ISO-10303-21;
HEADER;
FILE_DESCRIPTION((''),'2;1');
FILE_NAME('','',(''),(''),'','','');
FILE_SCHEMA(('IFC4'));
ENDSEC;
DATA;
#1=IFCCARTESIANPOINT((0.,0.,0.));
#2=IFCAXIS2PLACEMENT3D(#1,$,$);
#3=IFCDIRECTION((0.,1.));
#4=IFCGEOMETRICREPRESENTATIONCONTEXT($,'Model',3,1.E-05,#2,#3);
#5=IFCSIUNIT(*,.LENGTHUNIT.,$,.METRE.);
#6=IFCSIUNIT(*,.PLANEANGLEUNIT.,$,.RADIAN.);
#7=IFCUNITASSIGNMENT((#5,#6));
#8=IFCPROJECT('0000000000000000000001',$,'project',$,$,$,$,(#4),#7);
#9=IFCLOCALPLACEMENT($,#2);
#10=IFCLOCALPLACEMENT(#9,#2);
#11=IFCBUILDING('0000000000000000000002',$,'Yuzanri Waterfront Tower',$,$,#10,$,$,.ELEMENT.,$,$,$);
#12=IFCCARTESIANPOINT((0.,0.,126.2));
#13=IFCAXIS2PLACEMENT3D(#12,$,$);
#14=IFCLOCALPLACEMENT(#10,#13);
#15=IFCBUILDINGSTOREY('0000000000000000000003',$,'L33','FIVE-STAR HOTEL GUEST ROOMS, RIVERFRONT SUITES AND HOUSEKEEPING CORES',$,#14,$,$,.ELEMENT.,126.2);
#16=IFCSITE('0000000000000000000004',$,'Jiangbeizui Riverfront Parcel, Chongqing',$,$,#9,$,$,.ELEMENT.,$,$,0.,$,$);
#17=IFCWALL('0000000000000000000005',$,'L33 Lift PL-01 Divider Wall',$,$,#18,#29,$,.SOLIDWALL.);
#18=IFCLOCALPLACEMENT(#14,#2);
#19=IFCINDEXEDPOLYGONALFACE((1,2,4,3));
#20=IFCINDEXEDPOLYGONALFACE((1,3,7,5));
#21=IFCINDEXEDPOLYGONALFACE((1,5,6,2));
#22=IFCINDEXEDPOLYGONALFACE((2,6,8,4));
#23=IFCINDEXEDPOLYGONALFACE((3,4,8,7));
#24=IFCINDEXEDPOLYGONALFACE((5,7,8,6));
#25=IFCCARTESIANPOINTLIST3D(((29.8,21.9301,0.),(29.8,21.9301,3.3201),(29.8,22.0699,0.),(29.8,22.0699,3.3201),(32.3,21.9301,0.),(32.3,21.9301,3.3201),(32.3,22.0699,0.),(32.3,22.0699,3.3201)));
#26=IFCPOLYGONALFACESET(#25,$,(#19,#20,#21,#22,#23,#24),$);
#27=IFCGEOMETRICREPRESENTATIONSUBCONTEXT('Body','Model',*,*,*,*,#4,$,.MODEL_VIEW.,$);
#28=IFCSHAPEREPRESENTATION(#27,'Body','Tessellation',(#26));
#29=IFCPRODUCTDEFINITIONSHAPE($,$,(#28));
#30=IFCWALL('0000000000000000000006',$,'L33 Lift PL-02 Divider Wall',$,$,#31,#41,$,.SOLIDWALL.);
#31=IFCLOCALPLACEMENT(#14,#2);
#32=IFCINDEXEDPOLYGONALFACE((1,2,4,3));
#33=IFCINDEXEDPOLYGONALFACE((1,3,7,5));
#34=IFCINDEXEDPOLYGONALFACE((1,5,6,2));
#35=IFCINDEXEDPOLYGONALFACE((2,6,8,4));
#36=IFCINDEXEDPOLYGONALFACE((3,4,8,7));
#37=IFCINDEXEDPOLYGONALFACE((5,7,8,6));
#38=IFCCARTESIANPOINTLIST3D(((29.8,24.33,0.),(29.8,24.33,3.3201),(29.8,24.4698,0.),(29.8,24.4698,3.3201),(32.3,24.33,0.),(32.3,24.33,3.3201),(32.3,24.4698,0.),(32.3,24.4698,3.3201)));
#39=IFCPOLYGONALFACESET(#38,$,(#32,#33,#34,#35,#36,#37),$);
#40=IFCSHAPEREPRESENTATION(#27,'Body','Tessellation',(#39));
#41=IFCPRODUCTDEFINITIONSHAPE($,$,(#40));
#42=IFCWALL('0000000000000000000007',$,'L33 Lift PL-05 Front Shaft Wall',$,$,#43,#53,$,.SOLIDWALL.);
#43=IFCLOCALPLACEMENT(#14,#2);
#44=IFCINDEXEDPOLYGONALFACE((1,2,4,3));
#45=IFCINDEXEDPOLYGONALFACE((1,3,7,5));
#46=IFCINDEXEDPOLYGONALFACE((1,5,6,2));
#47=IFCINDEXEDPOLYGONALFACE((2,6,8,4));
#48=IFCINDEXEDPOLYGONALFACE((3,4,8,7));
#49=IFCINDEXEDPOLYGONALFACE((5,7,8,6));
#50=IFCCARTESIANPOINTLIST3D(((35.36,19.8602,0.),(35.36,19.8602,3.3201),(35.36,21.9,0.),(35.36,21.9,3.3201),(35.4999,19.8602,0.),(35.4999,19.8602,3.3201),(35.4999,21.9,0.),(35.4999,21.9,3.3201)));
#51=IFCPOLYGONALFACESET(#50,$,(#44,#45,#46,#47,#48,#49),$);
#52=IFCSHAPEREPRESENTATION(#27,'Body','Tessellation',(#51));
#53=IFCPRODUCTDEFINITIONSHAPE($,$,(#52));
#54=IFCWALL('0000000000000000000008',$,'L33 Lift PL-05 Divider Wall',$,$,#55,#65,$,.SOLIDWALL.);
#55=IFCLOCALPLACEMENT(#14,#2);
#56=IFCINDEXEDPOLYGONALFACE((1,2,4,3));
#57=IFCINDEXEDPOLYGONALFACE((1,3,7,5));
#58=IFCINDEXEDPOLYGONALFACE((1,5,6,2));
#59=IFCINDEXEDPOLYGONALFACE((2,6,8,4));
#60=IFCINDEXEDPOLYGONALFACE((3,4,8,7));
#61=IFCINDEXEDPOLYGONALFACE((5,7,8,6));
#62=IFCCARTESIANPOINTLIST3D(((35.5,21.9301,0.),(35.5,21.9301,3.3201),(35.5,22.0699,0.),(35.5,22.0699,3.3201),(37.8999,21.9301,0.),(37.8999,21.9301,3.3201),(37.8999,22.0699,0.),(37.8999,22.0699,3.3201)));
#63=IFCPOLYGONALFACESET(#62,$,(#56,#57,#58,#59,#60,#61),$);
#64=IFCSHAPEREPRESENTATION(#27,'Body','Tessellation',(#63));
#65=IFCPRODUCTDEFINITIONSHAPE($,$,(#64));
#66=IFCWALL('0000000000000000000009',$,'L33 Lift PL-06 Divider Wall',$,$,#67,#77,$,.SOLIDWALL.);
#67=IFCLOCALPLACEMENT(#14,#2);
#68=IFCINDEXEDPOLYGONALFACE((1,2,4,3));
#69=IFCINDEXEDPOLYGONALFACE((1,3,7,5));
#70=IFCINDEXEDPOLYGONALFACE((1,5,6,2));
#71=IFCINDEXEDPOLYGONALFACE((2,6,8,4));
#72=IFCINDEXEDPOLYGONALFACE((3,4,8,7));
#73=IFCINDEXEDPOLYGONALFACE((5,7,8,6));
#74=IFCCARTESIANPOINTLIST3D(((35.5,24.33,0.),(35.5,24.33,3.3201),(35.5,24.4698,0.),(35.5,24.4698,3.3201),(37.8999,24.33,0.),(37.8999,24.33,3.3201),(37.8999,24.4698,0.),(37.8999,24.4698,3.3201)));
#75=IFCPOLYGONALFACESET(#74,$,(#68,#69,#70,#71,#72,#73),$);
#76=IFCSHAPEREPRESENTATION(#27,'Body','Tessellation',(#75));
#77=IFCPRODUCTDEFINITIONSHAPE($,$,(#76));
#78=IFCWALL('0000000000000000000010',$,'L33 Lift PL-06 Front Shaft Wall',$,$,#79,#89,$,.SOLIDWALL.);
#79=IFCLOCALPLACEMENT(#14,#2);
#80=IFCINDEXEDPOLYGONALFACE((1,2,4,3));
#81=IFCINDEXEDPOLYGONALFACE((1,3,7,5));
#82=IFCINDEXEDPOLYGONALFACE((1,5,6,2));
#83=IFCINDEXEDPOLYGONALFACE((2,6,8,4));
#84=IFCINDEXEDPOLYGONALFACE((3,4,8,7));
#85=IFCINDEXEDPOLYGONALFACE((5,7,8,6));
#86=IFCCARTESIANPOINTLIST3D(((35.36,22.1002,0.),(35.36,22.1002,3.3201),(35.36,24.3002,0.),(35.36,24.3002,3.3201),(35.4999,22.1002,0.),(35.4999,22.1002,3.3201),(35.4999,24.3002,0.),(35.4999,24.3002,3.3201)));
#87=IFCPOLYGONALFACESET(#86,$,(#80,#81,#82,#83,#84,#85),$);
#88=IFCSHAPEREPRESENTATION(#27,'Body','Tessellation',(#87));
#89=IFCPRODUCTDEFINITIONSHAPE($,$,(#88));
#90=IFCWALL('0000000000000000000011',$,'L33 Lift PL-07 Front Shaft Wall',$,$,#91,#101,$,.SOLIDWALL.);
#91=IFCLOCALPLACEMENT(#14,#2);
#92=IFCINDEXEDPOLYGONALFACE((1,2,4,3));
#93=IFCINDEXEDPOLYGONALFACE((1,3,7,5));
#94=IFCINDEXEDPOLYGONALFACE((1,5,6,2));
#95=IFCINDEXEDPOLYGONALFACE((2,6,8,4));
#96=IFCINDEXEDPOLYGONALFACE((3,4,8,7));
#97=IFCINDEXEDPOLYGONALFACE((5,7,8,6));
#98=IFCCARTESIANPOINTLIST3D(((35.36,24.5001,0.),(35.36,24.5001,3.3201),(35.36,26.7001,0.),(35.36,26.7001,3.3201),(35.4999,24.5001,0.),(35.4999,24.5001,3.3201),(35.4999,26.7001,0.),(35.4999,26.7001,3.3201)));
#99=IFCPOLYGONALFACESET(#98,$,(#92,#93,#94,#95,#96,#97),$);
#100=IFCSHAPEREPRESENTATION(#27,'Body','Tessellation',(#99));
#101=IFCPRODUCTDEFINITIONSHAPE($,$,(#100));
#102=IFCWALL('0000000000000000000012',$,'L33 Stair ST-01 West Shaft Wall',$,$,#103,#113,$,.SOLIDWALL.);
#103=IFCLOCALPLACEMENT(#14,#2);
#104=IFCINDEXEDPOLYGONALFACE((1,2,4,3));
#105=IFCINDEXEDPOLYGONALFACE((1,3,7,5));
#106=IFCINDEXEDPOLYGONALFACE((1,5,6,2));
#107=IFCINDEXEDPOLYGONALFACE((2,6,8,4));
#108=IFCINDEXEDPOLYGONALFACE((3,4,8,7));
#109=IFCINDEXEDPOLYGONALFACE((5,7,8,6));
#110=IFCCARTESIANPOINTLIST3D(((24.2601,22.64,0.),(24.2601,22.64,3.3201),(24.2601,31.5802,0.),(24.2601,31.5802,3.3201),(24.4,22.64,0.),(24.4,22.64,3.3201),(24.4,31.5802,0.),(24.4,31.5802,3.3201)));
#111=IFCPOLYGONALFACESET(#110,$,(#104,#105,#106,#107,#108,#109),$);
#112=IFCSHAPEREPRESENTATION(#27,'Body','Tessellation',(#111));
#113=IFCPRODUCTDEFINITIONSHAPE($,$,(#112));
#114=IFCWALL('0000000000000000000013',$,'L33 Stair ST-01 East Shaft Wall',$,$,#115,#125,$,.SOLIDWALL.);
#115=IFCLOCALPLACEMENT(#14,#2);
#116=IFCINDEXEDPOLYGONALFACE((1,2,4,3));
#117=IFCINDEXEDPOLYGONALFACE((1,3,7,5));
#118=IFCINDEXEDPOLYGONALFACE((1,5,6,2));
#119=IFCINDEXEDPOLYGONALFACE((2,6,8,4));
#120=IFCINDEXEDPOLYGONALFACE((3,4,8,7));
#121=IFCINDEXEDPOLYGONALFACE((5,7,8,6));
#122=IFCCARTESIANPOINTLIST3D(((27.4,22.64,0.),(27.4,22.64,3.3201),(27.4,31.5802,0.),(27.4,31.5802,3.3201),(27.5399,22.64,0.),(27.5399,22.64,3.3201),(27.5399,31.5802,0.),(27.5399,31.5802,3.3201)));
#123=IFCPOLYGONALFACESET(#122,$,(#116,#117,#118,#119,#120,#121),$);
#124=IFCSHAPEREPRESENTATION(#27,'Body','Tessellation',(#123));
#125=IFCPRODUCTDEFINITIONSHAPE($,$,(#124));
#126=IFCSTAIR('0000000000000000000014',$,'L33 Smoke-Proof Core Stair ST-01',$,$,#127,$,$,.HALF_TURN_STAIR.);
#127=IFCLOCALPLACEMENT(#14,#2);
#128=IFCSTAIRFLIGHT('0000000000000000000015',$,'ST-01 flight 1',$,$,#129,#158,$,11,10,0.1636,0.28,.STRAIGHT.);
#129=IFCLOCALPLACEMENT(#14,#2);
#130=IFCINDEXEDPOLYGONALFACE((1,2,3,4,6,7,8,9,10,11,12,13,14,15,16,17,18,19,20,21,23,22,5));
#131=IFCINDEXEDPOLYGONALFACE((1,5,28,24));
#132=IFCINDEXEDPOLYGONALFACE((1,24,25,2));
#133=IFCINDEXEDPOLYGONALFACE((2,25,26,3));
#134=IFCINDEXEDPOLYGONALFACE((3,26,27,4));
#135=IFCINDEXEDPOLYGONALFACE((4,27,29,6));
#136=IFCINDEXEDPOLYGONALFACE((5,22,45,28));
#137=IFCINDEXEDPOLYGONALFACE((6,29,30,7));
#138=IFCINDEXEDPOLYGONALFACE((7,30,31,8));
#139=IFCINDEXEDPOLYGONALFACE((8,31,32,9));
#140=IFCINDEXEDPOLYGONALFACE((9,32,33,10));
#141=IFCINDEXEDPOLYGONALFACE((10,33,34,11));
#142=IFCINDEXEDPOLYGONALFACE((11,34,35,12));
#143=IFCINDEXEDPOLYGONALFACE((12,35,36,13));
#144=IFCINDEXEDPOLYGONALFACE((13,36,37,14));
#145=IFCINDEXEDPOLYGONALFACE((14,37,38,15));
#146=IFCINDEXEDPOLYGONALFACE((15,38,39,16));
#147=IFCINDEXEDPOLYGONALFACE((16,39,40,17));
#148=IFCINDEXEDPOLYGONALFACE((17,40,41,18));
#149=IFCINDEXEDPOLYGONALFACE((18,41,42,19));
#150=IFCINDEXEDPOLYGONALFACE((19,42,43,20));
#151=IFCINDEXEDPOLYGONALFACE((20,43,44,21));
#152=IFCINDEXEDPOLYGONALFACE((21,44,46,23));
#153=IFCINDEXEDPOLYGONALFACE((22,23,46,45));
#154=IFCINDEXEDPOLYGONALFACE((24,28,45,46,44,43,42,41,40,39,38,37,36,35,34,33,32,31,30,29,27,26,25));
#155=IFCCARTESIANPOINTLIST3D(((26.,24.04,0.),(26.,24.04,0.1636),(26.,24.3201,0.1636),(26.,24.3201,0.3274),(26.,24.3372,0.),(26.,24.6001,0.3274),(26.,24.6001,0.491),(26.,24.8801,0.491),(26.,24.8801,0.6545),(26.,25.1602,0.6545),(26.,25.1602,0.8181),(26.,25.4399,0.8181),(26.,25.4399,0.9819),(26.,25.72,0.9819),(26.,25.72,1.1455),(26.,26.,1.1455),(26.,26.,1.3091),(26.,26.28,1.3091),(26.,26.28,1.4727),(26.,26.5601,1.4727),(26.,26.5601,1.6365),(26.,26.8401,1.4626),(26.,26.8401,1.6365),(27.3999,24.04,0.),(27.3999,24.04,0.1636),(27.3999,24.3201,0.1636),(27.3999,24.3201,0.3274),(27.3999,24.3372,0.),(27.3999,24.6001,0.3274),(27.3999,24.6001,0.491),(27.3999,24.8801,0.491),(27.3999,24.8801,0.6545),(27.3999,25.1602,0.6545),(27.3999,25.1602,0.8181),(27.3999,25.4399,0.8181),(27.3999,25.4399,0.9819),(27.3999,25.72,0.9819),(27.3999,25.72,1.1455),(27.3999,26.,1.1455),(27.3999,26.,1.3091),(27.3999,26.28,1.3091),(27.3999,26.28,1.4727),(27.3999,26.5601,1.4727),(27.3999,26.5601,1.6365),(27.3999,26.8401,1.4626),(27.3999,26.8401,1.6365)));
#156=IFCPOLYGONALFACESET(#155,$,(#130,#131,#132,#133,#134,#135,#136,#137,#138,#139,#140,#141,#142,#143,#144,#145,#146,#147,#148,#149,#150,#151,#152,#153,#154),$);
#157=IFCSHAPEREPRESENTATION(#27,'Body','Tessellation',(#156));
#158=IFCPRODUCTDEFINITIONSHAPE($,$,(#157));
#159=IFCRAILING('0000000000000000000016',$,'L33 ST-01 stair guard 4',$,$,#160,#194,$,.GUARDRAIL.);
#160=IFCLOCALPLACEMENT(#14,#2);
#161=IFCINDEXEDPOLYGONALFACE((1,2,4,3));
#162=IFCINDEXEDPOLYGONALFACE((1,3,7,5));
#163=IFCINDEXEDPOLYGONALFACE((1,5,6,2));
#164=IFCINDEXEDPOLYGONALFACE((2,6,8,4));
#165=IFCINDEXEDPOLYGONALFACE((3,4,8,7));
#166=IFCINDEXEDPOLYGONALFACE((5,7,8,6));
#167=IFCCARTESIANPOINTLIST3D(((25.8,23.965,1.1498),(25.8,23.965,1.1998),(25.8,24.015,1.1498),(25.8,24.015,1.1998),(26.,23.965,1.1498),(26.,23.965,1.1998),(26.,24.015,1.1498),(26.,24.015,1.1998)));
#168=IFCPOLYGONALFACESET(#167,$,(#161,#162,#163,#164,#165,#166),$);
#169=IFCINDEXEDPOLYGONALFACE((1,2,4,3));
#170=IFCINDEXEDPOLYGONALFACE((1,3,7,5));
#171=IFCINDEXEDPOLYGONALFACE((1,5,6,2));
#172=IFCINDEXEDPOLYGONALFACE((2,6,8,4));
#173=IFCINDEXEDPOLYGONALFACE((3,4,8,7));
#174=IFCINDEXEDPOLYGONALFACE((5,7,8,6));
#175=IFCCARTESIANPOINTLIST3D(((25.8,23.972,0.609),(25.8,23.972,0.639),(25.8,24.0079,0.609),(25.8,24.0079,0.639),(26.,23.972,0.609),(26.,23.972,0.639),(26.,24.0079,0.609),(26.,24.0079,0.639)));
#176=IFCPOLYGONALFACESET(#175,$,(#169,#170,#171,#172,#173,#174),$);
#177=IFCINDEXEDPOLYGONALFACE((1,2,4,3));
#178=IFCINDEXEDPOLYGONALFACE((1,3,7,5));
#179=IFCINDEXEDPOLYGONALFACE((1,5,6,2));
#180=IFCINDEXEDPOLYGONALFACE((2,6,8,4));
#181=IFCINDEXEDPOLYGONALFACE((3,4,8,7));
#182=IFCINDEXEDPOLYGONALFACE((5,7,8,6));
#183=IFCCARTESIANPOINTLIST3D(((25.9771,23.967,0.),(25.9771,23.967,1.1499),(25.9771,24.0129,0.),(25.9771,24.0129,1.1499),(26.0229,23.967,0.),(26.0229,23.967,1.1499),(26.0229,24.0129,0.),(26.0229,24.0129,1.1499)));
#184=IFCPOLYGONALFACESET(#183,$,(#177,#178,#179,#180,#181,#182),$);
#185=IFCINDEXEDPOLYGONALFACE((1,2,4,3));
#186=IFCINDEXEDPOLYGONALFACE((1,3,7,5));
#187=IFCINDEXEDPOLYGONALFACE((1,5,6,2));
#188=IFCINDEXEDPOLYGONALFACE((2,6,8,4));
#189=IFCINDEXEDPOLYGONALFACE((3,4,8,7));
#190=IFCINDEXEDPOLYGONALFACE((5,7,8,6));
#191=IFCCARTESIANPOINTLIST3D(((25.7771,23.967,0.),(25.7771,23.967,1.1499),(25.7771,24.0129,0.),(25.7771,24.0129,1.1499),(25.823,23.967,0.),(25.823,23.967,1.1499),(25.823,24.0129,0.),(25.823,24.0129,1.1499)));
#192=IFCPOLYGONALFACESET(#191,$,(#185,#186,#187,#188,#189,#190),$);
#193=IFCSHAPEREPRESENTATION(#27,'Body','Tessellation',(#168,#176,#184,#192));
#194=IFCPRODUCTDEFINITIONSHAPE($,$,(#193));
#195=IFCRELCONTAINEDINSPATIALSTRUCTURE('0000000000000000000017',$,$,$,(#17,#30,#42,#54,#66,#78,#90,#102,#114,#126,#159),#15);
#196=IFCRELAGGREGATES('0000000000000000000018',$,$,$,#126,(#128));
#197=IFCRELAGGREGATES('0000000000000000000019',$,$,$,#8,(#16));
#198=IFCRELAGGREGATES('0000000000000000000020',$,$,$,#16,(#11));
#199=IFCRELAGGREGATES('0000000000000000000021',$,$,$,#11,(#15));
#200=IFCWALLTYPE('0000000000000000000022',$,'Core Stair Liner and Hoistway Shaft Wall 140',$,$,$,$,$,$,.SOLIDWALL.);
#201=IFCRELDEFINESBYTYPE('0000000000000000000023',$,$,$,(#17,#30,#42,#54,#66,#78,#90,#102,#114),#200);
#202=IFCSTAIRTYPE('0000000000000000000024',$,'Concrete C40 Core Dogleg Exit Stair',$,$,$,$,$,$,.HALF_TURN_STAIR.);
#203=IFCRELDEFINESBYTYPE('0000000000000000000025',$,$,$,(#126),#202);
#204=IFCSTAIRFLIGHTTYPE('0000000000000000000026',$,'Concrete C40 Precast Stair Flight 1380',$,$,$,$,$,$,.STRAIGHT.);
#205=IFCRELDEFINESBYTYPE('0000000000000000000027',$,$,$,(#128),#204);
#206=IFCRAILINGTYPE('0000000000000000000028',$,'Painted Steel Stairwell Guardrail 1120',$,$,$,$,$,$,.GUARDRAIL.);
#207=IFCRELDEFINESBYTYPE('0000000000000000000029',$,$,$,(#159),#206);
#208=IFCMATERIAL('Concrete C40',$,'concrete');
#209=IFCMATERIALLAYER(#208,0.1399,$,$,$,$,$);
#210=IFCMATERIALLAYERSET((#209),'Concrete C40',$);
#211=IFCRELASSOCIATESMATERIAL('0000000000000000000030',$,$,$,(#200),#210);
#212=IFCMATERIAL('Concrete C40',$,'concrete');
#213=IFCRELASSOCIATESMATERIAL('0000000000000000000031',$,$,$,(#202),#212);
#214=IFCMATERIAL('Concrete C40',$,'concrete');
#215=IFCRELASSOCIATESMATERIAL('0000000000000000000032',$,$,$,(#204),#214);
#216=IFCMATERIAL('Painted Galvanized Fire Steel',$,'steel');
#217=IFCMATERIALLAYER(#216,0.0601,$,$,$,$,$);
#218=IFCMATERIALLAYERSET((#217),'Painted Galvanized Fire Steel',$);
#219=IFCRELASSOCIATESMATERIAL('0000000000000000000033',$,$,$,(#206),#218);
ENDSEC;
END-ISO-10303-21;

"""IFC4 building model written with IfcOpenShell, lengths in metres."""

from ifc_helpers import new_model, si_unit, direction, frame, frame_2d, origin, origin_2d, place, context, subcontext, project, spatial, polyline, rectangle, outline, extrude, source, transform, mapped, material, layer, layer_set, type_object, element, aggregate, save


model = new_model("IFC4")

# Units and contexts
model_context = context("Model", 3, precision=1e-05, world=origin(), true_north=direction((0.0, 1.0)))
body_context = subcontext(model_context, "Body", "Model", "MODEL_VIEW")
ifc_project = project(units=[si_unit("LENGTHUNIT", "METRE"), si_unit("PLANEANGLEUNIT", "RADIAN")], contexts=[model_context])

# Site, building, storey
site_placement = place(None, origin())
site = spatial("IfcSite", under=ifc_project, at=site_placement, Name="Jiangbeizui Riverfront Parcel, Chongqing", CompositionType="ELEMENT", RefElevation=0.0)
building_placement = place(site_placement, origin())
building = spatial("IfcBuilding", under=site, at=building_placement, Name="Yuzanri Waterfront Tower", CompositionType="ELEMENT")
storey_placement = place(building_placement, frame((0.0, 0.0, 126.2)))
storey = spatial("IfcBuildingStorey", under=building, at=storey_placement, Name="L33", Description="FIVE-STAR HOTEL GUEST ROOMS, RIVERFRONT SUITES AND HOUSEKEEPING CORES", CompositionType="ELEMENT", Elevation=126.2)

# Shared definitions
ifc_material_1 = material(Name="Concrete C40", Category="concrete")
ifc_layer_1 = layer(ifc_material_1, 0.1399)
ifc_layer_set_1 = layer_set([ifc_layer_1], Name="Concrete C40")
wall_type_1 = type_object("IfcWallType", Name="Core Stair Liner and Hoistway Shaft Wall 140", PredefinedType="SOLIDWALL", material=ifc_layer_set_1)

# Walls
shared_shape_1 = source(origin(), body_context, "Body", "SweptSolid", [
    extrude(rectangle(XDim=2.5, YDim=0.1399, at=frame_2d((1.25, 0.0))), origin(), (0.0, 0.0, 1.0), 3.3201),
])
for number, where, z_axis, x_axis, name in (
    (1, (29.8, 22.0, 0.0), (0.0, 0.0, 1.0), (1.0, 0.0, 0.0), "L33 Lift PL-01 Divider Wall"),
    (2, (29.8, 24.3999, 0.0), (0.0, 0.0, 1.0), (1.0, 0.0, 0.0), "L33 Lift PL-02 Divider Wall"),
):
    element("IfcWall", number, at=place(storey_placement, frame(where, z_axis=z_axis, x_axis=x_axis)), inside=storey, type_object=wall_type_1, Name=name, PredefinedType="SOLIDWALL", context=body_context, shape_type="MappedRepresentation", body=[
        mapped(shared_shape_1, transform((0.0, 0.0, 0.0), scale=1.0)),
    ])
shared_shape_2 = source(origin(), body_context, "Body", "SweptSolid", [
    extrude(rectangle(XDim=2.0398, YDim=0.1399, at=frame_2d((1.02, 0.0))), origin(), (0.0, 0.0, 1.0), 3.3201),
])
wall_1_placement = place(storey_placement, frame((35.4299, 19.8601, 0.0), z_axis=(0.0, 0.0, 1.0), x_axis=(0.0, 1.0, 0.0)))
element("IfcWall", 3, at=wall_1_placement, inside=storey, type_object=wall_type_1, Name="L33 Lift PL-05 Front Shaft Wall", PredefinedType="SOLIDWALL", context=body_context, shape_type="MappedRepresentation", body=[
    mapped(shared_shape_2, transform((0.0, 0.0, 0.0), scale=1.0)),
])
shared_shape_3 = source(origin(), body_context, "Body", "SweptSolid", [
    extrude(rectangle(XDim=2.3999, YDim=0.1399, at=frame_2d((1.2, 0.0))), origin(), (0.0, 0.0, 1.0), 3.3201),
])
for number, where, z_axis, x_axis, name in (
    (4, (35.5, 22.0, 0.0), (0.0, 0.0, 1.0), (1.0, 0.0, 0.0), "L33 Lift PL-05 Divider Wall"),
    (5, (35.5, 24.3999, 0.0), (0.0, 0.0, 1.0), (1.0, 0.0, 0.0), "L33 Lift PL-06 Divider Wall"),
):
    element("IfcWall", number, at=place(storey_placement, frame(where, z_axis=z_axis, x_axis=x_axis)), inside=storey, type_object=wall_type_1, Name=name, PredefinedType="SOLIDWALL", context=body_context, shape_type="MappedRepresentation", body=[
        mapped(shared_shape_3, transform((0.0, 0.0, 0.0), scale=1.0)),
    ])
shared_shape_4 = source(origin(), body_context, "Body", "SweptSolid", [
    extrude(rectangle(XDim=2.2, YDim=0.1399, at=frame_2d((1.1001, 0.0))), origin(), (0.0, 0.0, 1.0), 3.3201),
])
for number, where, z_axis, x_axis, name in (
    (6, (35.4299, 22.1001, 0.0), (0.0, 0.0, 1.0), (0.0, 1.0, 0.0), "L33 Lift PL-06 Front Shaft Wall"),
    (7, (35.4299, 24.5, 0.0), (0.0, 0.0, 1.0), (0.0, 1.0, 0.0), "L33 Lift PL-07 Front Shaft Wall"),
):
    element("IfcWall", number, at=place(storey_placement, frame(where, z_axis=z_axis, x_axis=x_axis)), inside=storey, type_object=wall_type_1, Name=name, PredefinedType="SOLIDWALL", context=body_context, shape_type="MappedRepresentation", body=[
        mapped(shared_shape_4, transform((0.0, 0.0, 0.0), scale=1.0)),
    ])
shared_shape_5 = source(origin(), body_context, "Body", "SweptSolid", [
    extrude(rectangle(XDim=8.9402, YDim=0.1399, at=frame_2d((4.4702, 0.0))), origin(), (0.0, 0.0, 1.0), 3.3201),
])
for number, where, z_axis, x_axis, name in (
    (8, (24.3301, 22.6399, 0.0), (0.0, 0.0, 1.0), (0.0, 1.0, 0.0), "L33 Stair ST-01 West Shaft Wall"),
    (9, (27.47, 22.6399, 0.0), (0.0, 0.0, 1.0), (0.0, 1.0, 0.0), "L33 Stair ST-01 East Shaft Wall"),
):
    element("IfcWall", number, at=place(storey_placement, frame(where, z_axis=z_axis, x_axis=x_axis)), inside=storey, type_object=wall_type_1, Name=name, PredefinedType="SOLIDWALL", context=body_context, shape_type="MappedRepresentation", body=[
        mapped(shared_shape_5, transform((0.0, 0.0, 0.0), scale=1.0)),
    ])

# Stair, stair flight
ifc_material_2 = material(Name="Concrete C40", Category="concrete")
stair_type = type_object("IfcStairType", Name="Concrete C40 Core Dogleg Exit Stair", PredefinedType="HALF_TURN_STAIR", material=ifc_material_2)
stair_placement = place(storey_placement, origin())
stair = element("IfcStair", 10, at=stair_placement, inside=storey, type_object=stair_type, Name="L33 Smoke-Proof Core Stair ST-01", PredefinedType="HALF_TURN_STAIR")
ifc_material_3 = material(Name="Concrete C40", Category="concrete")
stair_flight_type = type_object("IfcStairFlightType", Name="Concrete C40 Precast Stair Flight 1380", PredefinedType="STRAIGHT", material=ifc_material_3)
shared_shape_6 = source(origin(), body_context, "Body", "SweptSolid", [
    extrude(outline(polyline([(0.0, 0.0), (0.0, 0.1636), (0.28, 0.1636), (0.28, 0.3274), (0.5601, 0.3274), (0.5601, 0.491), (0.8401, 0.491), (0.8401, 0.6545), (1.1201, 0.6545), (1.1201, 0.8181), (1.3999, 0.8181), (1.3999, 0.9819), (1.6799, 0.9819), (1.6799, 1.1455), (1.96, 1.1455), (1.96, 1.3091), (2.24, 1.3091), (2.24, 1.4727), (2.52, 1.4727), (2.52, 1.6365), (2.8, 1.6365), (2.8, 1.8), (2.8, 1.4626), (0.2971, 0.0), (0.0, 0.0)])), frame((0.0, 0.7, 0.0), z_axis=(0.0, -1.0, 0.0), x_axis=(1.0, 0.0, 0.0)), (0.0, 0.0, 1.0), 1.3999),
])
stair_flight_placement = place(storey_placement, frame((26.7, 24.04, 0.0), z_axis=(0.0, 0.0, 1.0), x_axis=(0.0, 1.0, 0.0)))
stair_flight = element("IfcStairFlight", 11, at=stair_flight_placement, type_object=stair_flight_type, Name="ST-01 flight 1", NumberOfRisers=11, NumberOfTreads=10, PredefinedType="STRAIGHT", RiserHeight=0.1636, TreadLength=0.28, context=body_context, shape_type="MappedRepresentation", body=[
    mapped(shared_shape_6, transform((0.0, 0.0, 0.0), scale=1.0)),
])
aggregate(stair, [stair_flight])

# Railing
ifc_material_4 = material(Name="Painted Galvanized Fire Steel", Category="steel")
ifc_layer_2 = layer(ifc_material_4, 0.0601)
ifc_layer_set_2 = layer_set([ifc_layer_2], Name="Painted Galvanized Fire Steel")
railing_type_1 = type_object("IfcRailingType", Name="Painted Steel Stairwell Guardrail 1120", PredefinedType="GUARDRAIL", material=ifc_layer_set_2)
shared_shape_7 = source(origin(), body_context, "Body", "SweptSolid", [
    extrude(rectangle(XDim=0.05, YDim=0.05, at=origin_2d()), frame((0.0, 0.0, 1.1748), z_axis=(-1.0, 0.0, 0.0), x_axis=(0.0, -1.0, 0.0)), (0.0, 0.0, 1.0), 0.2),
    extrude(rectangle(XDim=0.0359, YDim=0.03, at=origin_2d()), frame((0.0, 0.0, 0.624), z_axis=(-1.0, 0.0, 0.0), x_axis=(0.0, -1.0, 0.0)), (0.0, 0.0, 1.0), 0.2),
    extrude(rectangle(XDim=0.0459, YDim=0.0459, at=origin_2d()), origin(), (0.0, 0.0, 1.0), 1.1499),
    extrude(rectangle(XDim=0.0459, YDim=0.0459, at=origin_2d()), frame((-0.2, 0.0, 0.0)), (0.0, 0.0, 1.0), 1.1499),
])
railing_1_placement = place(storey_placement, frame((26.0, 23.99, 0.0)))
element("IfcRailing", 12, at=railing_1_placement, inside=storey, type_object=railing_type_1, Name="L33 ST-01 stair guard 4", PredefinedType="GUARDRAIL", context=body_context, shape_type="MappedRepresentation", body=[
    mapped(shared_shape_7, transform((0.0, 0.0, 0.0), scale=1.0)),
])

save(model, "model.ifc")
